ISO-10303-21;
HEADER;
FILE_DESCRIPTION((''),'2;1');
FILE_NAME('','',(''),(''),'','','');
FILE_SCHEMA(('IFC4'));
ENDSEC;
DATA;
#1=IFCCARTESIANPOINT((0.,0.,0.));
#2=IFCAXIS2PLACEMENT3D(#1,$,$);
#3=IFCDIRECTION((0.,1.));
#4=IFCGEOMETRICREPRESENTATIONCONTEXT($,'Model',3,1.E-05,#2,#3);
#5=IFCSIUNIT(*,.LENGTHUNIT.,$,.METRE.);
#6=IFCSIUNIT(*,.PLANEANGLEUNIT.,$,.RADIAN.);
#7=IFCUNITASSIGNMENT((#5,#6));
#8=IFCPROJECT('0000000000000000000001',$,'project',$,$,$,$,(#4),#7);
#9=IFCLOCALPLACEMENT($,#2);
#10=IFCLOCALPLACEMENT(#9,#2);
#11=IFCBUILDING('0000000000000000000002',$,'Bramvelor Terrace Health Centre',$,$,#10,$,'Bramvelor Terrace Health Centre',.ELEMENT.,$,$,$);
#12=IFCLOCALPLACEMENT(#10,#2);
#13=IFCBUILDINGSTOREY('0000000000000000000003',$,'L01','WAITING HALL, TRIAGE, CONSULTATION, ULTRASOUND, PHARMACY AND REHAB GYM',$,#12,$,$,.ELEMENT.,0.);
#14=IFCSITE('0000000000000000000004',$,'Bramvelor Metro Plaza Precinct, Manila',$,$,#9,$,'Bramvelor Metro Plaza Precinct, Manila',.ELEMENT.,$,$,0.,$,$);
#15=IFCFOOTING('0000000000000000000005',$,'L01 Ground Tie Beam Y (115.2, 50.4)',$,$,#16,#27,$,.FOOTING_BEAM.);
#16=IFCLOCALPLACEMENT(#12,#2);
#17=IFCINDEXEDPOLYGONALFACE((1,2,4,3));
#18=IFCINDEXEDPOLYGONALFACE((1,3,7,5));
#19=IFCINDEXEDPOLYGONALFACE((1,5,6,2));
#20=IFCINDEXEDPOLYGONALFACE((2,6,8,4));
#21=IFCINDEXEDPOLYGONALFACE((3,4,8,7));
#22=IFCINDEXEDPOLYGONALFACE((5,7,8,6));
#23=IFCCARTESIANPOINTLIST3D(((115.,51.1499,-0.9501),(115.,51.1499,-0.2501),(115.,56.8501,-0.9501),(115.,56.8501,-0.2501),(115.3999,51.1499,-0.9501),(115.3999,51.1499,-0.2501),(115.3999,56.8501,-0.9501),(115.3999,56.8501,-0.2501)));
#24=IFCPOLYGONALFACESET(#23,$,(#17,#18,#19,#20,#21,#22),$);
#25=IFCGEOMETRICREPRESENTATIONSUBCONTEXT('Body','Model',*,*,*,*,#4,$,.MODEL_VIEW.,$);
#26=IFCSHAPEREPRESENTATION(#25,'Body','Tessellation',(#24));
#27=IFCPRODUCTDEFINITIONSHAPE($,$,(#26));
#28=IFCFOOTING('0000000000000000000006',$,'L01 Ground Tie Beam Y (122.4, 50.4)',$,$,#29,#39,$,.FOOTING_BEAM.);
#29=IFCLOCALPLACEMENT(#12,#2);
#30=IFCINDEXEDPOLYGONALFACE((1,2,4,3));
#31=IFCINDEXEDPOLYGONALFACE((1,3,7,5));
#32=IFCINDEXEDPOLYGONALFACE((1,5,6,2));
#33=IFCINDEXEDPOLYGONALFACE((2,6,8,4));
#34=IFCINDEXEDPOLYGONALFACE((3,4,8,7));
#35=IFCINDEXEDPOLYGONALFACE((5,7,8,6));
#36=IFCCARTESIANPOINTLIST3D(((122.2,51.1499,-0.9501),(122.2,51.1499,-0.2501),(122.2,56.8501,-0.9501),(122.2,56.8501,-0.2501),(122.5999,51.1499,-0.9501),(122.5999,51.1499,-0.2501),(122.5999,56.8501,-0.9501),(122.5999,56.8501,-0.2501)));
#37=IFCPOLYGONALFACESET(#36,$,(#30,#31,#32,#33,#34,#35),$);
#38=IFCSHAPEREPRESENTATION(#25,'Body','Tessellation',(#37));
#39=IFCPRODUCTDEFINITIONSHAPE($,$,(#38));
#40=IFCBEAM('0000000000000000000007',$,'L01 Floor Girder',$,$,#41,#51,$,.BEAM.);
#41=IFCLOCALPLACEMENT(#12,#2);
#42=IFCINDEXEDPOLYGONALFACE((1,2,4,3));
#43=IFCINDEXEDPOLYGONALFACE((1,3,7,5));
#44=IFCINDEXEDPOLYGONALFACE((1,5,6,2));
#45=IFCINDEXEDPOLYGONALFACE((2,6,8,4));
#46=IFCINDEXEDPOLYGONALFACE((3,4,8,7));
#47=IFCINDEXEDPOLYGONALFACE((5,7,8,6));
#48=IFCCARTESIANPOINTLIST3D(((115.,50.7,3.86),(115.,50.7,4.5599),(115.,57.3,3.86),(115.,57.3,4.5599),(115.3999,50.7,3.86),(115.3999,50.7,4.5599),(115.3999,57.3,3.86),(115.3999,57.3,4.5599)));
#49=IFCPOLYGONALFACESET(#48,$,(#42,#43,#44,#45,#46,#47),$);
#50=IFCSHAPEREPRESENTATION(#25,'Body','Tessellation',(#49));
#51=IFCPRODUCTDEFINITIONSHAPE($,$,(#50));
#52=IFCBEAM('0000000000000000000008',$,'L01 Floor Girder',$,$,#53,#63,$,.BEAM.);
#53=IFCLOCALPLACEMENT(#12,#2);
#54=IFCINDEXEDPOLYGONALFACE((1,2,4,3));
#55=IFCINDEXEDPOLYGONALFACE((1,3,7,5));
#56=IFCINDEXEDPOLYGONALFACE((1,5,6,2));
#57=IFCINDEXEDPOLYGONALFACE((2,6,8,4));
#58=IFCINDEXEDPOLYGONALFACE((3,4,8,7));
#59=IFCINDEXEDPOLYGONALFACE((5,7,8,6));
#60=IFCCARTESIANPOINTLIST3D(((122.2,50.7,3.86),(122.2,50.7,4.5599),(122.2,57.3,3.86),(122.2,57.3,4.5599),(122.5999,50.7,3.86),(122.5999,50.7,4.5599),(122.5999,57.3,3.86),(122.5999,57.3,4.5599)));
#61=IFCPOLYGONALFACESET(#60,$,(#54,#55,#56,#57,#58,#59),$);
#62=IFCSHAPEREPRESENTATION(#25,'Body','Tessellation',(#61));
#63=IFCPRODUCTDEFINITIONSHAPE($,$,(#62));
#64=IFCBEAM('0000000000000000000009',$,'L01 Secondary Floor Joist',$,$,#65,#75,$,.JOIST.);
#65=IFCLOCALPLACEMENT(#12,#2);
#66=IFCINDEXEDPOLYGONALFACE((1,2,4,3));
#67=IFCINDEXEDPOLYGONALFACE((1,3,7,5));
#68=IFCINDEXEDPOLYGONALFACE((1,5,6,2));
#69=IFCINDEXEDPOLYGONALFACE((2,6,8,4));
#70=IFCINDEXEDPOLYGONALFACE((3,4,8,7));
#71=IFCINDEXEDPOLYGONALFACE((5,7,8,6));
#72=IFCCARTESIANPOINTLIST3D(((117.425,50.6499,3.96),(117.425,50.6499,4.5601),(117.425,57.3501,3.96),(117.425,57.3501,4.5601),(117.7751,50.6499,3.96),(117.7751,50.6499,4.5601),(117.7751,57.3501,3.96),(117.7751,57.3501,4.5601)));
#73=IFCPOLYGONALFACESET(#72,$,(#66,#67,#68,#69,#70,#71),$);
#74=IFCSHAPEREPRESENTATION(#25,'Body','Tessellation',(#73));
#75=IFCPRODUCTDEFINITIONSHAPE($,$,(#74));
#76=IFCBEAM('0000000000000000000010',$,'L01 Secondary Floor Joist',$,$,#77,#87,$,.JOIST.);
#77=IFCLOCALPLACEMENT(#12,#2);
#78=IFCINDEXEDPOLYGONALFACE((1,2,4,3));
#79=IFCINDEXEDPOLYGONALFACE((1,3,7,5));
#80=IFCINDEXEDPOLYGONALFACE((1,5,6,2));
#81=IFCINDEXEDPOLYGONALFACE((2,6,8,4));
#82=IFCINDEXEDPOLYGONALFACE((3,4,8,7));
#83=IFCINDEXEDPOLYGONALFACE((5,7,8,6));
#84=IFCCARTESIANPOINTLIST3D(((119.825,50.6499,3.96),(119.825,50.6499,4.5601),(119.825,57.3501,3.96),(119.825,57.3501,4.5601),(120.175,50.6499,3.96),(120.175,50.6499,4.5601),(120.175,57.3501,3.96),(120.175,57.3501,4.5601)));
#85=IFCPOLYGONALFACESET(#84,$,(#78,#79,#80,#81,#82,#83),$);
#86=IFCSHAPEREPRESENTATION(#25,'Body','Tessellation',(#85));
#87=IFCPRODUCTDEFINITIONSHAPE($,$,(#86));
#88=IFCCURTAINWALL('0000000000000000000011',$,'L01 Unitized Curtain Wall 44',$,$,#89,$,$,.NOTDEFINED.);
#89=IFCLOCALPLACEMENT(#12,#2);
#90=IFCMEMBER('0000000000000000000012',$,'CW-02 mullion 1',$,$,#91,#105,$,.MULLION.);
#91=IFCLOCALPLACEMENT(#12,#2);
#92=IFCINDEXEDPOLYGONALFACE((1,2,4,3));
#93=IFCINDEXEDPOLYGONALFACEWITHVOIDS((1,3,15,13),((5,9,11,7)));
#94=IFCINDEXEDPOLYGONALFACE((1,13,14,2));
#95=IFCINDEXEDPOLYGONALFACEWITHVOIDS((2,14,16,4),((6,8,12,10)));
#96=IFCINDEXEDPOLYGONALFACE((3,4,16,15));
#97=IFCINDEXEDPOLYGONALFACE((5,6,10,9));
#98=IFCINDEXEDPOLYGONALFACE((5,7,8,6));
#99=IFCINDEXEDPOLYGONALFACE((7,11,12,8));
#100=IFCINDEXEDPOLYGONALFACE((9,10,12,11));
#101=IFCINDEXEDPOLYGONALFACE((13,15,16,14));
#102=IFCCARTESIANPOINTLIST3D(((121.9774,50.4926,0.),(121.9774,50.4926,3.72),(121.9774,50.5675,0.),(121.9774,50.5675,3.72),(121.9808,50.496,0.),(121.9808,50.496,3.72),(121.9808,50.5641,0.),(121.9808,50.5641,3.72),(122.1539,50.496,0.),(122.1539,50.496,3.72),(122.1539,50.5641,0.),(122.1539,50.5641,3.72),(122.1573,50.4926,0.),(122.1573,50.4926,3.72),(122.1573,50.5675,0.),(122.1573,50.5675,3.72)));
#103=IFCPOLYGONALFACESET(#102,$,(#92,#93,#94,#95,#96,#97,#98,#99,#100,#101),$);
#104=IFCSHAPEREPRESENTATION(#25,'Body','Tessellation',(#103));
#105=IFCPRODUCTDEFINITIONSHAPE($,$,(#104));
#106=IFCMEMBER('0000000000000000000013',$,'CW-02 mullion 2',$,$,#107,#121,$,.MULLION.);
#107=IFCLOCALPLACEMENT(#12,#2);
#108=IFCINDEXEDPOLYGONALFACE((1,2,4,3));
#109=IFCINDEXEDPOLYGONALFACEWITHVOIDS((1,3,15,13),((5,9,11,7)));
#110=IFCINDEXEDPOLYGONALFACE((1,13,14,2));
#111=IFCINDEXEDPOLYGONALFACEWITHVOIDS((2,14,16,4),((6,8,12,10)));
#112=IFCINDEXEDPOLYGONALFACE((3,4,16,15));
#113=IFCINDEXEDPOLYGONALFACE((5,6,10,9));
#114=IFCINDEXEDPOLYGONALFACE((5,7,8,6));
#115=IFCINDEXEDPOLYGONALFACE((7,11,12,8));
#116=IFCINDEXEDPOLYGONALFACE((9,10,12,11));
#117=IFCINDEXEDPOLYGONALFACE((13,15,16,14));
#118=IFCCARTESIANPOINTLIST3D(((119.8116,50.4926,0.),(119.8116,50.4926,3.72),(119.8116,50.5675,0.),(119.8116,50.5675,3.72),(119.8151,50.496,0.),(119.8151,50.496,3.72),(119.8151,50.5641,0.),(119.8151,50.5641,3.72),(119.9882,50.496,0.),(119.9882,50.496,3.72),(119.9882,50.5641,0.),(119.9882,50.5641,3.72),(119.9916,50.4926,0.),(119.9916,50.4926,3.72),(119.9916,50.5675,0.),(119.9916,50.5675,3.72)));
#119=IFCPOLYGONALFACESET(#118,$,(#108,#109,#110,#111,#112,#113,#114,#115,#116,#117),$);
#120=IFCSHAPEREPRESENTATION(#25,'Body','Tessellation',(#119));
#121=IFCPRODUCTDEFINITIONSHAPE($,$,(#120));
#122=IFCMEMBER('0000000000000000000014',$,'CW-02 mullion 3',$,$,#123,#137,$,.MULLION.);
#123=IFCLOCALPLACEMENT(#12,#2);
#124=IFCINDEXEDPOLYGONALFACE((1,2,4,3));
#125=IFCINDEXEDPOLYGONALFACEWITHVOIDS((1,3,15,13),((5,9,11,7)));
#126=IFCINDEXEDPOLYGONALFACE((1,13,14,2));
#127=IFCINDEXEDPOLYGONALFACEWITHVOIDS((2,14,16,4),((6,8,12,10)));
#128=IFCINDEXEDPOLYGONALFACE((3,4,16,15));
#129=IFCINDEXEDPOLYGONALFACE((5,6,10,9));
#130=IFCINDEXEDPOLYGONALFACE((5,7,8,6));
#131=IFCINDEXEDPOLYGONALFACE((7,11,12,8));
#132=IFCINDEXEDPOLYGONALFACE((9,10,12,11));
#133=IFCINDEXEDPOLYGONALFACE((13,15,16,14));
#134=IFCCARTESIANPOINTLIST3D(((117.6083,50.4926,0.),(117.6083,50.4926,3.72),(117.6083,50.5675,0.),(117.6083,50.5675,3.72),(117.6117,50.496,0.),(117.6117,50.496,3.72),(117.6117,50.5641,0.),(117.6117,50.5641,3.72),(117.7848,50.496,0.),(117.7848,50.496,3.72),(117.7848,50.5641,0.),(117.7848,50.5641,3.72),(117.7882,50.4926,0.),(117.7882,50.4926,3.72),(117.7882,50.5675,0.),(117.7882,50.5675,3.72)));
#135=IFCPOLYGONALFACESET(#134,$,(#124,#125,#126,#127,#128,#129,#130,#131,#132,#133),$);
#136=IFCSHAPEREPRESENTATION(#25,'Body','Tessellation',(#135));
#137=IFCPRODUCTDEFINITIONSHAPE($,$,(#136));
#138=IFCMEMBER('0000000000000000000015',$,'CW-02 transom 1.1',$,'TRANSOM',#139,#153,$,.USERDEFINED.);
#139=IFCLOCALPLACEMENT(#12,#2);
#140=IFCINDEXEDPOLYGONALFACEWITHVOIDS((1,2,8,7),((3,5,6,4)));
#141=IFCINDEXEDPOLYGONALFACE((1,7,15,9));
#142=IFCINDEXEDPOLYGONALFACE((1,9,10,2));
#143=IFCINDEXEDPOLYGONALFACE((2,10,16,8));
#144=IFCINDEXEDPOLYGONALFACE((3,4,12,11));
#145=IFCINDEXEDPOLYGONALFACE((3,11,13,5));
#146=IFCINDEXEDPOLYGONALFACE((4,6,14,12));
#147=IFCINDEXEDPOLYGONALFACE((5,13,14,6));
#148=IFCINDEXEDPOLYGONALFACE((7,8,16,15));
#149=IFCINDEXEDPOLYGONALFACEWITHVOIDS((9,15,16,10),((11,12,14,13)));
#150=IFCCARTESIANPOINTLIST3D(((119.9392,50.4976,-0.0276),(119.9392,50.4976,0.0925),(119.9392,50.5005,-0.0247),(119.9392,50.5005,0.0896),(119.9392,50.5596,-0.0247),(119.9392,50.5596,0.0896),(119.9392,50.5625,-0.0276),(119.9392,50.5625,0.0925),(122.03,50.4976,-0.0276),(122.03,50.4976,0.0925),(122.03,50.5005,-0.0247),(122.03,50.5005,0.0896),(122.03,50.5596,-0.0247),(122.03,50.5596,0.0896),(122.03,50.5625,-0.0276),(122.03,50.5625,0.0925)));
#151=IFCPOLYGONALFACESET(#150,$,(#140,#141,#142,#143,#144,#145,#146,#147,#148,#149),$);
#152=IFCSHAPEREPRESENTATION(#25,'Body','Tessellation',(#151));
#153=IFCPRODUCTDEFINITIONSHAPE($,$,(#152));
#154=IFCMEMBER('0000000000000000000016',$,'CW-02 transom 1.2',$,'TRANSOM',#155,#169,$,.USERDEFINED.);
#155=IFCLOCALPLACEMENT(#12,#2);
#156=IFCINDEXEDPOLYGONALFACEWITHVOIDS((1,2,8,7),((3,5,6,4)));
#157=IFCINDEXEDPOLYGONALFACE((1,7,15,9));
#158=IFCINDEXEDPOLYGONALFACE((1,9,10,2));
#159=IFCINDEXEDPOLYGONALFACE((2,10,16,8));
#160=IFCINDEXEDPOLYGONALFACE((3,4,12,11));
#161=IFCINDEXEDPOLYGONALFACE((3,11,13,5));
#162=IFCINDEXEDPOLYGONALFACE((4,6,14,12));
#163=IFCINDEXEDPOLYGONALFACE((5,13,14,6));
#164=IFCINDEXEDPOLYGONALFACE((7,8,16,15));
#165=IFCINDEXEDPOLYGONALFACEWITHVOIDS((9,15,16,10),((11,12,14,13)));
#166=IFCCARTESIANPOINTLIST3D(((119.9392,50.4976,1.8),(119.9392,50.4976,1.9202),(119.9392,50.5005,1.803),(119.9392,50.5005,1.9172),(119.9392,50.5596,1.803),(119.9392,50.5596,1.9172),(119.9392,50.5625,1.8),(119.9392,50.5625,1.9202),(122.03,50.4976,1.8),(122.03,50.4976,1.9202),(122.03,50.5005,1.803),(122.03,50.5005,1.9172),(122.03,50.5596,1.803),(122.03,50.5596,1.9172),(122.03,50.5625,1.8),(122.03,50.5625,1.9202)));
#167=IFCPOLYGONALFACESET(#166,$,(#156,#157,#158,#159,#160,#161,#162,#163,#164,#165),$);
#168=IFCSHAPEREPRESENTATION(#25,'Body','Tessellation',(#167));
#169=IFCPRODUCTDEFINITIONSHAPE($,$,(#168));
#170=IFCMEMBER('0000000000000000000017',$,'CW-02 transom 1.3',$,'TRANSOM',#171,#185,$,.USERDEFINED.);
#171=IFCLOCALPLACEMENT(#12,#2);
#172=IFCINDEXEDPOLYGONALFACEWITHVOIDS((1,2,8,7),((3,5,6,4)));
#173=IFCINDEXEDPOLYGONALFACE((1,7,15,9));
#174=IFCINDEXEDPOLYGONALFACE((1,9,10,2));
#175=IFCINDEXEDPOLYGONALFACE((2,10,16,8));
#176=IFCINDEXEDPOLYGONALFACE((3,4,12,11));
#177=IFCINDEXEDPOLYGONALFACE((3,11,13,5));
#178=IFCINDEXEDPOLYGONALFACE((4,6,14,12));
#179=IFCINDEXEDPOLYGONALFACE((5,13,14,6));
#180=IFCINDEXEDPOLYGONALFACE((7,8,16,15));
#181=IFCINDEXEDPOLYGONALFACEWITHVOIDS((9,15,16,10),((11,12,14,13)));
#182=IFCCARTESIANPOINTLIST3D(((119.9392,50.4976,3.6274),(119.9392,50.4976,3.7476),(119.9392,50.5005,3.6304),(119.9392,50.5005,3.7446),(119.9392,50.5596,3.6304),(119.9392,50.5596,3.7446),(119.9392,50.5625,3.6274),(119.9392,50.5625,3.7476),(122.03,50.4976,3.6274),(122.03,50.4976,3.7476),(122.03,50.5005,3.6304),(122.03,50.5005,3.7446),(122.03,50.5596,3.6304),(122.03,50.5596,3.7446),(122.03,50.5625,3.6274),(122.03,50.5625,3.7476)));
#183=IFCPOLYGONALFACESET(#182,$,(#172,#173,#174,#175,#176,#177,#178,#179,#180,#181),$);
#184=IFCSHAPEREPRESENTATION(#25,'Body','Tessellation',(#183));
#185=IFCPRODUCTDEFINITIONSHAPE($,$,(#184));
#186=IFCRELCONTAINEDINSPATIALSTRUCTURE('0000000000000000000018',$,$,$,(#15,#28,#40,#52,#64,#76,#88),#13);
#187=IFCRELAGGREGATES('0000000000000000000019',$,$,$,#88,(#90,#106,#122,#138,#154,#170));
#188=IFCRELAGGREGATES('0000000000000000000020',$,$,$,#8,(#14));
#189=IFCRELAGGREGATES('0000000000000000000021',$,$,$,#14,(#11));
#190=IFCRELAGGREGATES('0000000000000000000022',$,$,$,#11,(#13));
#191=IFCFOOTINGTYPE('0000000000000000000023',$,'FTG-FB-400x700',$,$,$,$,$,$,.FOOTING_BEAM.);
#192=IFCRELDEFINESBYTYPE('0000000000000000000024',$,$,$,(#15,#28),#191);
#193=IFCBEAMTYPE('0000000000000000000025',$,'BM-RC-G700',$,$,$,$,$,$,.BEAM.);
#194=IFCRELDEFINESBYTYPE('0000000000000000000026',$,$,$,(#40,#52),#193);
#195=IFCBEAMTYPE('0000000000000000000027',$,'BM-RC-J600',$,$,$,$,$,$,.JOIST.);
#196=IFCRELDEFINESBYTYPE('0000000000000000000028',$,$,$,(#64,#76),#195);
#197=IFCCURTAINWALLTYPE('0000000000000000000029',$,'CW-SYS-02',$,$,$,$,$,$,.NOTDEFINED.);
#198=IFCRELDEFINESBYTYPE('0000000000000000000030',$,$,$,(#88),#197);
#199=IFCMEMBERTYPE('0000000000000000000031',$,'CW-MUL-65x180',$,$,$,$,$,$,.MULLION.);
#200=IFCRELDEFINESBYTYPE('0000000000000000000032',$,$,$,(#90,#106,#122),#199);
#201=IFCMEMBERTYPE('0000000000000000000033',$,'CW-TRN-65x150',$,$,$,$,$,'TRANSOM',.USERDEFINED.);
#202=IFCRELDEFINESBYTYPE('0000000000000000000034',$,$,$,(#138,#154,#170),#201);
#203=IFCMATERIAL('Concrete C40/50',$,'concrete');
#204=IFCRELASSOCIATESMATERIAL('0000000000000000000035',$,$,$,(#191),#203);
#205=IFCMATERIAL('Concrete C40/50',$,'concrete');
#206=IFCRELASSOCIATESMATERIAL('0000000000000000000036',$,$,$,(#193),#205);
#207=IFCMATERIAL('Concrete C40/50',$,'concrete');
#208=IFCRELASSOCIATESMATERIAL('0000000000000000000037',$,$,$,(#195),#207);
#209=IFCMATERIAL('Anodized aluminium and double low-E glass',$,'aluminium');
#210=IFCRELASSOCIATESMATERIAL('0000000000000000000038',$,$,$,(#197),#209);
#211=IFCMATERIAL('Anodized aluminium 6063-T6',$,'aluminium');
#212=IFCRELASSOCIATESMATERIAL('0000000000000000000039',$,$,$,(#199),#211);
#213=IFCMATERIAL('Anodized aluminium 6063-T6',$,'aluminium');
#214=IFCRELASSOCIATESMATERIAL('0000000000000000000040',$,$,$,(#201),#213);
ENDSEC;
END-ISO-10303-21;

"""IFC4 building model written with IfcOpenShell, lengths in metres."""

from ifc_helpers import new_model, si_unit, direction, frame, origin, origin_2d, place, context, subcontext, project, spatial, rectangle, hollow_rectangle, extrude, material, material_profile, profile_set, type_object, element, aggregate, save


model = new_model("IFC4")

# Units and contexts
model_context = context("Model", 3, precision=1e-05, world=origin(), true_north=direction((0.0, 1.0)))
body_context = subcontext(model_context, "Body", "Model", "MODEL_VIEW")
ifc_project = project(units=[si_unit("LENGTHUNIT", "METRE"), si_unit("PLANEANGLEUNIT", "RADIAN")], contexts=[model_context])

# Site, building, storey
site_placement = place(None, origin())
site = spatial("IfcSite", under=ifc_project, at=site_placement, Name="Bramvelor Metro Plaza Precinct, Manila", LongName="Bramvelor Metro Plaza Precinct, Manila", CompositionType="ELEMENT", RefElevation=0.0)
building_placement = place(site_placement, origin())
building = spatial("IfcBuilding", under=site, at=building_placement, Name="Bramvelor Terrace Health Centre", LongName="Bramvelor Terrace Health Centre", CompositionType="ELEMENT")
storey_placement = place(building_placement, origin())
storey = spatial("IfcBuildingStorey", under=building, at=storey_placement, Name="L01", Description="WAITING HALL, TRIAGE, CONSULTATION, ULTRASOUND, PHARMACY AND REHAB GYM", CompositionType="ELEMENT", Elevation=0.0)

# Footings
ifc_material_1 = material(Name="Concrete C40/50", Category="concrete")
ifc_material_profile_1 = material_profile(ifc_material_1, rectangle(XDim=0.3999, YDim=0.7, at=origin_2d()), Name="RC 400x700")
ifc_profile_set_1 = profile_set([ifc_material_profile_1], Name="Concrete C40/50")
footing_type = type_object("IfcFootingType", Name="FTG-FB-400x700", PredefinedType="FOOTING_BEAM", material=ifc_profile_set_1)
for number, where, z_axis, x_axis, name in (
    (1, (115.2, 51.1499, -0.6001), (0.0, 1.0, 0.0), (-1.0, 0.0, 0.0), "L01 Ground Tie Beam Y (115.2, 50.4)"),
    (2, (122.3999, 51.1499, -0.6001), (0.0, 1.0, 0.0), (-1.0, 0.0, 0.0), "L01 Ground Tie Beam Y (122.4, 50.4)"),
):
    element("IfcFooting", number, at=place(storey_placement, frame(where, z_axis=z_axis, x_axis=x_axis)), inside=storey, type_object=footing_type, Name=name, PredefinedType="FOOTING_BEAM", context=body_context, shape_type="SweptSolid", body=[
        extrude(rectangle(XDim=0.3999, YDim=0.7, at=origin_2d()), origin(), (0.0, 0.0, 1.0), 5.7002),
    ])

# Beams
ifc_material_2 = material(Name="Concrete C40/50", Category="concrete")
ifc_material_profile_2 = material_profile(ifc_material_2, rectangle(XDim=0.3999, YDim=0.7, at=origin_2d()), Name="RC 400x700")
ifc_profile_set_2 = profile_set([ifc_material_profile_2], Name="Concrete C40/50")
beam_type_1 = type_object("IfcBeamType", Name="BM-RC-G700", PredefinedType="BEAM", material=ifc_profile_set_2)
for number, where, z_axis, x_axis, name in (
    (3, (115.2, 50.7, 4.21), (0.0, 1.0, 0.0), (-1.0, 0.0, 0.0), "L01 Floor Girder"),
    (4, (122.3999, 50.7, 4.21), (0.0, 1.0, 0.0), (-1.0, 0.0, 0.0), "L01 Floor Girder"),
):
    element("IfcBeam", number, at=place(storey_placement, frame(where, z_axis=z_axis, x_axis=x_axis)), inside=storey, type_object=beam_type_1, Name=name, PredefinedType="BEAM", context=body_context, shape_type="SweptSolid", body=[
        extrude(rectangle(XDim=0.3999, YDim=0.7, at=origin_2d()), origin(), (0.0, 0.0, 1.0), 6.6001),
    ])
ifc_material_3 = material(Name="Concrete C40/50", Category="concrete")
ifc_material_profile_3 = material_profile(ifc_material_3, rectangle(XDim=0.3501, YDim=0.6001, at=origin_2d()), Name="RC 350x600")
ifc_profile_set_3 = profile_set([ifc_material_profile_3], Name="Concrete C40/50")
beam_type_2 = type_object("IfcBeamType", Name="BM-RC-J600", PredefinedType="JOIST", material=ifc_profile_set_3)
for number, where, z_axis, x_axis, name in (
    (5, (117.6001, 50.6499, 4.26), (0.0, 1.0, 0.0), (-1.0, 0.0, 0.0), "L01 Secondary Floor Joist"),
    (6, (120.0, 50.6499, 4.26), (0.0, 1.0, 0.0), (-1.0, 0.0, 0.0), "L01 Secondary Floor Joist"),
):
    element("IfcBeam", number, at=place(storey_placement, frame(where, z_axis=z_axis, x_axis=x_axis)), inside=storey, type_object=beam_type_2, Name=name, PredefinedType="JOIST", context=body_context, shape_type="SweptSolid", body=[
        extrude(rectangle(XDim=0.3501, YDim=0.6001, at=origin_2d()), origin(), (0.0, 0.0, 1.0), 6.7002),
    ])

# Curtain wall, members
ifc_material_4 = material(Name="Anodized aluminium and double low-E glass", Category="aluminium")
curtain_wall_type = type_object("IfcCurtainWallType", Name="CW-SYS-02", PredefinedType="NOTDEFINED", material=ifc_material_4)
curtain_wall_placement = place(storey_placement, origin())
curtain_wall = element("IfcCurtainWall", 7, at=curtain_wall_placement, inside=storey, type_object=curtain_wall_type, Name="L01 Unitized Curtain Wall 44", PredefinedType="NOTDEFINED")
ifc_material_5 = material(Name="Anodized aluminium 6063-T6", Category="aluminium")
ifc_material_profile_4 = material_profile(ifc_material_5, hollow_rectangle(XDim=0.075, YDim=0.1799, WallThickness=0.0034, at=origin_2d()), Name="ALU-MUL 75x180x3.5")
ifc_profile_set_4 = profile_set([ifc_material_profile_4], Name="Anodized aluminium 6063-T6")
member_type_1 = type_object("IfcMemberType", Name="CW-MUL-65x180", PredefinedType="MULLION", material=ifc_profile_set_4)
member_1_placement = place(storey_placement, frame((122.0674, 50.53, 0.0), z_axis=(0.0, 0.0, 1.0), x_axis=(0.0, -1.0, 0.0)))
member_1 = element("IfcMember", 8, at=member_1_placement, type_object=member_type_1, Name="CW-02 mullion 1", PredefinedType="MULLION", context=body_context, shape_type="SweptSolid", body=[
    extrude(hollow_rectangle(XDim=0.075, YDim=0.1799, WallThickness=0.0034, at=origin_2d()), origin(), (0.0, 0.0, 1.0), 3.72),
])
member_2_placement = place(storey_placement, frame((119.9016, 50.53, 0.0), z_axis=(0.0, 0.0, 1.0), x_axis=(0.0, -1.0, 0.0)))
member_2 = element("IfcMember", 9, at=member_2_placement, type_object=member_type_1, Name="CW-02 mullion 2", PredefinedType="MULLION", context=body_context, shape_type="SweptSolid", body=[
    extrude(hollow_rectangle(XDim=0.075, YDim=0.1799, WallThickness=0.0034, at=origin_2d()), origin(), (0.0, 0.0, 1.0), 3.72),
])
member_3_placement = place(storey_placement, frame((117.6982, 50.53, 0.0), z_axis=(0.0, 0.0, 1.0), x_axis=(0.0, -1.0, 0.0)))
member_3 = element("IfcMember", 10, at=member_3_placement, type_object=member_type_1, Name="CW-02 mullion 3", PredefinedType="MULLION", context=body_context, shape_type="SweptSolid", body=[
    extrude(hollow_rectangle(XDim=0.075, YDim=0.1799, WallThickness=0.0034, at=origin_2d()), origin(), (0.0, 0.0, 1.0), 3.72),
])
ifc_material_6 = material(Name="Anodized aluminium 6063-T6", Category="aluminium")
ifc_material_profile_5 = material_profile(ifc_material_6, hollow_rectangle(XDim=0.0649, YDim=0.1201, WallThickness=0.0029, at=origin_2d()), Name="ALU-TRN 65x120x3.0")
ifc_profile_set_5 = profile_set([ifc_material_profile_5], Name="Anodized aluminium 6063-T6")
member_type_2 = type_object("IfcMemberType", Name="CW-TRN-65x150", ElementType="TRANSOM", PredefinedType="USERDEFINED", material=ifc_profile_set_5)
member_4_placement = place(storey_placement, frame((122.03, 50.53, 0.0325), z_axis=(-1.0, 0.0, 0.0), x_axis=(0.0, -1.0, 0.0)))
member_4 = element("IfcMember", 11, at=member_4_placement, type_object=member_type_2, Name="CW-02 transom 1.1", ObjectType="TRANSOM", PredefinedType="USERDEFINED", context=body_context, shape_type="SweptSolid", body=[
    extrude(hollow_rectangle(XDim=0.0649, YDim=0.1201, WallThickness=0.0029, at=origin_2d()), origin(), (0.0, 0.0, 1.0), 2.0908),
])
member_5_placement = place(storey_placement, frame((122.03, 50.53, 1.8601), z_axis=(-1.0, 0.0, 0.0), x_axis=(0.0, -1.0, 0.0)))
member_5 = element("IfcMember", 12, at=member_5_placement, type_object=member_type_2, Name="CW-02 transom 1.2", ObjectType="TRANSOM", PredefinedType="USERDEFINED", context=body_context, shape_type="SweptSolid", body=[
    extrude(hollow_rectangle(XDim=0.0649, YDim=0.1201, WallThickness=0.0029, at=origin_2d()), origin(), (0.0, 0.0, 1.0), 2.0908),
])
member_6_placement = place(storey_placement, frame((122.03, 50.53, 3.6875), z_axis=(-1.0, 0.0, 0.0), x_axis=(0.0, -1.0, 0.0)))
member_6 = element("IfcMember", 13, at=member_6_placement, type_object=member_type_2, Name="CW-02 transom 1.3", ObjectType="TRANSOM", PredefinedType="USERDEFINED", context=body_context, shape_type="SweptSolid", body=[
    extrude(hollow_rectangle(XDim=0.0649, YDim=0.1201, WallThickness=0.0029, at=origin_2d()), origin(), (0.0, 0.0, 1.0), 2.0908),
])
aggregate(curtain_wall, [member_1, member_2, member_3, member_4, member_5, member_6])

save(model, "model.ifc")
